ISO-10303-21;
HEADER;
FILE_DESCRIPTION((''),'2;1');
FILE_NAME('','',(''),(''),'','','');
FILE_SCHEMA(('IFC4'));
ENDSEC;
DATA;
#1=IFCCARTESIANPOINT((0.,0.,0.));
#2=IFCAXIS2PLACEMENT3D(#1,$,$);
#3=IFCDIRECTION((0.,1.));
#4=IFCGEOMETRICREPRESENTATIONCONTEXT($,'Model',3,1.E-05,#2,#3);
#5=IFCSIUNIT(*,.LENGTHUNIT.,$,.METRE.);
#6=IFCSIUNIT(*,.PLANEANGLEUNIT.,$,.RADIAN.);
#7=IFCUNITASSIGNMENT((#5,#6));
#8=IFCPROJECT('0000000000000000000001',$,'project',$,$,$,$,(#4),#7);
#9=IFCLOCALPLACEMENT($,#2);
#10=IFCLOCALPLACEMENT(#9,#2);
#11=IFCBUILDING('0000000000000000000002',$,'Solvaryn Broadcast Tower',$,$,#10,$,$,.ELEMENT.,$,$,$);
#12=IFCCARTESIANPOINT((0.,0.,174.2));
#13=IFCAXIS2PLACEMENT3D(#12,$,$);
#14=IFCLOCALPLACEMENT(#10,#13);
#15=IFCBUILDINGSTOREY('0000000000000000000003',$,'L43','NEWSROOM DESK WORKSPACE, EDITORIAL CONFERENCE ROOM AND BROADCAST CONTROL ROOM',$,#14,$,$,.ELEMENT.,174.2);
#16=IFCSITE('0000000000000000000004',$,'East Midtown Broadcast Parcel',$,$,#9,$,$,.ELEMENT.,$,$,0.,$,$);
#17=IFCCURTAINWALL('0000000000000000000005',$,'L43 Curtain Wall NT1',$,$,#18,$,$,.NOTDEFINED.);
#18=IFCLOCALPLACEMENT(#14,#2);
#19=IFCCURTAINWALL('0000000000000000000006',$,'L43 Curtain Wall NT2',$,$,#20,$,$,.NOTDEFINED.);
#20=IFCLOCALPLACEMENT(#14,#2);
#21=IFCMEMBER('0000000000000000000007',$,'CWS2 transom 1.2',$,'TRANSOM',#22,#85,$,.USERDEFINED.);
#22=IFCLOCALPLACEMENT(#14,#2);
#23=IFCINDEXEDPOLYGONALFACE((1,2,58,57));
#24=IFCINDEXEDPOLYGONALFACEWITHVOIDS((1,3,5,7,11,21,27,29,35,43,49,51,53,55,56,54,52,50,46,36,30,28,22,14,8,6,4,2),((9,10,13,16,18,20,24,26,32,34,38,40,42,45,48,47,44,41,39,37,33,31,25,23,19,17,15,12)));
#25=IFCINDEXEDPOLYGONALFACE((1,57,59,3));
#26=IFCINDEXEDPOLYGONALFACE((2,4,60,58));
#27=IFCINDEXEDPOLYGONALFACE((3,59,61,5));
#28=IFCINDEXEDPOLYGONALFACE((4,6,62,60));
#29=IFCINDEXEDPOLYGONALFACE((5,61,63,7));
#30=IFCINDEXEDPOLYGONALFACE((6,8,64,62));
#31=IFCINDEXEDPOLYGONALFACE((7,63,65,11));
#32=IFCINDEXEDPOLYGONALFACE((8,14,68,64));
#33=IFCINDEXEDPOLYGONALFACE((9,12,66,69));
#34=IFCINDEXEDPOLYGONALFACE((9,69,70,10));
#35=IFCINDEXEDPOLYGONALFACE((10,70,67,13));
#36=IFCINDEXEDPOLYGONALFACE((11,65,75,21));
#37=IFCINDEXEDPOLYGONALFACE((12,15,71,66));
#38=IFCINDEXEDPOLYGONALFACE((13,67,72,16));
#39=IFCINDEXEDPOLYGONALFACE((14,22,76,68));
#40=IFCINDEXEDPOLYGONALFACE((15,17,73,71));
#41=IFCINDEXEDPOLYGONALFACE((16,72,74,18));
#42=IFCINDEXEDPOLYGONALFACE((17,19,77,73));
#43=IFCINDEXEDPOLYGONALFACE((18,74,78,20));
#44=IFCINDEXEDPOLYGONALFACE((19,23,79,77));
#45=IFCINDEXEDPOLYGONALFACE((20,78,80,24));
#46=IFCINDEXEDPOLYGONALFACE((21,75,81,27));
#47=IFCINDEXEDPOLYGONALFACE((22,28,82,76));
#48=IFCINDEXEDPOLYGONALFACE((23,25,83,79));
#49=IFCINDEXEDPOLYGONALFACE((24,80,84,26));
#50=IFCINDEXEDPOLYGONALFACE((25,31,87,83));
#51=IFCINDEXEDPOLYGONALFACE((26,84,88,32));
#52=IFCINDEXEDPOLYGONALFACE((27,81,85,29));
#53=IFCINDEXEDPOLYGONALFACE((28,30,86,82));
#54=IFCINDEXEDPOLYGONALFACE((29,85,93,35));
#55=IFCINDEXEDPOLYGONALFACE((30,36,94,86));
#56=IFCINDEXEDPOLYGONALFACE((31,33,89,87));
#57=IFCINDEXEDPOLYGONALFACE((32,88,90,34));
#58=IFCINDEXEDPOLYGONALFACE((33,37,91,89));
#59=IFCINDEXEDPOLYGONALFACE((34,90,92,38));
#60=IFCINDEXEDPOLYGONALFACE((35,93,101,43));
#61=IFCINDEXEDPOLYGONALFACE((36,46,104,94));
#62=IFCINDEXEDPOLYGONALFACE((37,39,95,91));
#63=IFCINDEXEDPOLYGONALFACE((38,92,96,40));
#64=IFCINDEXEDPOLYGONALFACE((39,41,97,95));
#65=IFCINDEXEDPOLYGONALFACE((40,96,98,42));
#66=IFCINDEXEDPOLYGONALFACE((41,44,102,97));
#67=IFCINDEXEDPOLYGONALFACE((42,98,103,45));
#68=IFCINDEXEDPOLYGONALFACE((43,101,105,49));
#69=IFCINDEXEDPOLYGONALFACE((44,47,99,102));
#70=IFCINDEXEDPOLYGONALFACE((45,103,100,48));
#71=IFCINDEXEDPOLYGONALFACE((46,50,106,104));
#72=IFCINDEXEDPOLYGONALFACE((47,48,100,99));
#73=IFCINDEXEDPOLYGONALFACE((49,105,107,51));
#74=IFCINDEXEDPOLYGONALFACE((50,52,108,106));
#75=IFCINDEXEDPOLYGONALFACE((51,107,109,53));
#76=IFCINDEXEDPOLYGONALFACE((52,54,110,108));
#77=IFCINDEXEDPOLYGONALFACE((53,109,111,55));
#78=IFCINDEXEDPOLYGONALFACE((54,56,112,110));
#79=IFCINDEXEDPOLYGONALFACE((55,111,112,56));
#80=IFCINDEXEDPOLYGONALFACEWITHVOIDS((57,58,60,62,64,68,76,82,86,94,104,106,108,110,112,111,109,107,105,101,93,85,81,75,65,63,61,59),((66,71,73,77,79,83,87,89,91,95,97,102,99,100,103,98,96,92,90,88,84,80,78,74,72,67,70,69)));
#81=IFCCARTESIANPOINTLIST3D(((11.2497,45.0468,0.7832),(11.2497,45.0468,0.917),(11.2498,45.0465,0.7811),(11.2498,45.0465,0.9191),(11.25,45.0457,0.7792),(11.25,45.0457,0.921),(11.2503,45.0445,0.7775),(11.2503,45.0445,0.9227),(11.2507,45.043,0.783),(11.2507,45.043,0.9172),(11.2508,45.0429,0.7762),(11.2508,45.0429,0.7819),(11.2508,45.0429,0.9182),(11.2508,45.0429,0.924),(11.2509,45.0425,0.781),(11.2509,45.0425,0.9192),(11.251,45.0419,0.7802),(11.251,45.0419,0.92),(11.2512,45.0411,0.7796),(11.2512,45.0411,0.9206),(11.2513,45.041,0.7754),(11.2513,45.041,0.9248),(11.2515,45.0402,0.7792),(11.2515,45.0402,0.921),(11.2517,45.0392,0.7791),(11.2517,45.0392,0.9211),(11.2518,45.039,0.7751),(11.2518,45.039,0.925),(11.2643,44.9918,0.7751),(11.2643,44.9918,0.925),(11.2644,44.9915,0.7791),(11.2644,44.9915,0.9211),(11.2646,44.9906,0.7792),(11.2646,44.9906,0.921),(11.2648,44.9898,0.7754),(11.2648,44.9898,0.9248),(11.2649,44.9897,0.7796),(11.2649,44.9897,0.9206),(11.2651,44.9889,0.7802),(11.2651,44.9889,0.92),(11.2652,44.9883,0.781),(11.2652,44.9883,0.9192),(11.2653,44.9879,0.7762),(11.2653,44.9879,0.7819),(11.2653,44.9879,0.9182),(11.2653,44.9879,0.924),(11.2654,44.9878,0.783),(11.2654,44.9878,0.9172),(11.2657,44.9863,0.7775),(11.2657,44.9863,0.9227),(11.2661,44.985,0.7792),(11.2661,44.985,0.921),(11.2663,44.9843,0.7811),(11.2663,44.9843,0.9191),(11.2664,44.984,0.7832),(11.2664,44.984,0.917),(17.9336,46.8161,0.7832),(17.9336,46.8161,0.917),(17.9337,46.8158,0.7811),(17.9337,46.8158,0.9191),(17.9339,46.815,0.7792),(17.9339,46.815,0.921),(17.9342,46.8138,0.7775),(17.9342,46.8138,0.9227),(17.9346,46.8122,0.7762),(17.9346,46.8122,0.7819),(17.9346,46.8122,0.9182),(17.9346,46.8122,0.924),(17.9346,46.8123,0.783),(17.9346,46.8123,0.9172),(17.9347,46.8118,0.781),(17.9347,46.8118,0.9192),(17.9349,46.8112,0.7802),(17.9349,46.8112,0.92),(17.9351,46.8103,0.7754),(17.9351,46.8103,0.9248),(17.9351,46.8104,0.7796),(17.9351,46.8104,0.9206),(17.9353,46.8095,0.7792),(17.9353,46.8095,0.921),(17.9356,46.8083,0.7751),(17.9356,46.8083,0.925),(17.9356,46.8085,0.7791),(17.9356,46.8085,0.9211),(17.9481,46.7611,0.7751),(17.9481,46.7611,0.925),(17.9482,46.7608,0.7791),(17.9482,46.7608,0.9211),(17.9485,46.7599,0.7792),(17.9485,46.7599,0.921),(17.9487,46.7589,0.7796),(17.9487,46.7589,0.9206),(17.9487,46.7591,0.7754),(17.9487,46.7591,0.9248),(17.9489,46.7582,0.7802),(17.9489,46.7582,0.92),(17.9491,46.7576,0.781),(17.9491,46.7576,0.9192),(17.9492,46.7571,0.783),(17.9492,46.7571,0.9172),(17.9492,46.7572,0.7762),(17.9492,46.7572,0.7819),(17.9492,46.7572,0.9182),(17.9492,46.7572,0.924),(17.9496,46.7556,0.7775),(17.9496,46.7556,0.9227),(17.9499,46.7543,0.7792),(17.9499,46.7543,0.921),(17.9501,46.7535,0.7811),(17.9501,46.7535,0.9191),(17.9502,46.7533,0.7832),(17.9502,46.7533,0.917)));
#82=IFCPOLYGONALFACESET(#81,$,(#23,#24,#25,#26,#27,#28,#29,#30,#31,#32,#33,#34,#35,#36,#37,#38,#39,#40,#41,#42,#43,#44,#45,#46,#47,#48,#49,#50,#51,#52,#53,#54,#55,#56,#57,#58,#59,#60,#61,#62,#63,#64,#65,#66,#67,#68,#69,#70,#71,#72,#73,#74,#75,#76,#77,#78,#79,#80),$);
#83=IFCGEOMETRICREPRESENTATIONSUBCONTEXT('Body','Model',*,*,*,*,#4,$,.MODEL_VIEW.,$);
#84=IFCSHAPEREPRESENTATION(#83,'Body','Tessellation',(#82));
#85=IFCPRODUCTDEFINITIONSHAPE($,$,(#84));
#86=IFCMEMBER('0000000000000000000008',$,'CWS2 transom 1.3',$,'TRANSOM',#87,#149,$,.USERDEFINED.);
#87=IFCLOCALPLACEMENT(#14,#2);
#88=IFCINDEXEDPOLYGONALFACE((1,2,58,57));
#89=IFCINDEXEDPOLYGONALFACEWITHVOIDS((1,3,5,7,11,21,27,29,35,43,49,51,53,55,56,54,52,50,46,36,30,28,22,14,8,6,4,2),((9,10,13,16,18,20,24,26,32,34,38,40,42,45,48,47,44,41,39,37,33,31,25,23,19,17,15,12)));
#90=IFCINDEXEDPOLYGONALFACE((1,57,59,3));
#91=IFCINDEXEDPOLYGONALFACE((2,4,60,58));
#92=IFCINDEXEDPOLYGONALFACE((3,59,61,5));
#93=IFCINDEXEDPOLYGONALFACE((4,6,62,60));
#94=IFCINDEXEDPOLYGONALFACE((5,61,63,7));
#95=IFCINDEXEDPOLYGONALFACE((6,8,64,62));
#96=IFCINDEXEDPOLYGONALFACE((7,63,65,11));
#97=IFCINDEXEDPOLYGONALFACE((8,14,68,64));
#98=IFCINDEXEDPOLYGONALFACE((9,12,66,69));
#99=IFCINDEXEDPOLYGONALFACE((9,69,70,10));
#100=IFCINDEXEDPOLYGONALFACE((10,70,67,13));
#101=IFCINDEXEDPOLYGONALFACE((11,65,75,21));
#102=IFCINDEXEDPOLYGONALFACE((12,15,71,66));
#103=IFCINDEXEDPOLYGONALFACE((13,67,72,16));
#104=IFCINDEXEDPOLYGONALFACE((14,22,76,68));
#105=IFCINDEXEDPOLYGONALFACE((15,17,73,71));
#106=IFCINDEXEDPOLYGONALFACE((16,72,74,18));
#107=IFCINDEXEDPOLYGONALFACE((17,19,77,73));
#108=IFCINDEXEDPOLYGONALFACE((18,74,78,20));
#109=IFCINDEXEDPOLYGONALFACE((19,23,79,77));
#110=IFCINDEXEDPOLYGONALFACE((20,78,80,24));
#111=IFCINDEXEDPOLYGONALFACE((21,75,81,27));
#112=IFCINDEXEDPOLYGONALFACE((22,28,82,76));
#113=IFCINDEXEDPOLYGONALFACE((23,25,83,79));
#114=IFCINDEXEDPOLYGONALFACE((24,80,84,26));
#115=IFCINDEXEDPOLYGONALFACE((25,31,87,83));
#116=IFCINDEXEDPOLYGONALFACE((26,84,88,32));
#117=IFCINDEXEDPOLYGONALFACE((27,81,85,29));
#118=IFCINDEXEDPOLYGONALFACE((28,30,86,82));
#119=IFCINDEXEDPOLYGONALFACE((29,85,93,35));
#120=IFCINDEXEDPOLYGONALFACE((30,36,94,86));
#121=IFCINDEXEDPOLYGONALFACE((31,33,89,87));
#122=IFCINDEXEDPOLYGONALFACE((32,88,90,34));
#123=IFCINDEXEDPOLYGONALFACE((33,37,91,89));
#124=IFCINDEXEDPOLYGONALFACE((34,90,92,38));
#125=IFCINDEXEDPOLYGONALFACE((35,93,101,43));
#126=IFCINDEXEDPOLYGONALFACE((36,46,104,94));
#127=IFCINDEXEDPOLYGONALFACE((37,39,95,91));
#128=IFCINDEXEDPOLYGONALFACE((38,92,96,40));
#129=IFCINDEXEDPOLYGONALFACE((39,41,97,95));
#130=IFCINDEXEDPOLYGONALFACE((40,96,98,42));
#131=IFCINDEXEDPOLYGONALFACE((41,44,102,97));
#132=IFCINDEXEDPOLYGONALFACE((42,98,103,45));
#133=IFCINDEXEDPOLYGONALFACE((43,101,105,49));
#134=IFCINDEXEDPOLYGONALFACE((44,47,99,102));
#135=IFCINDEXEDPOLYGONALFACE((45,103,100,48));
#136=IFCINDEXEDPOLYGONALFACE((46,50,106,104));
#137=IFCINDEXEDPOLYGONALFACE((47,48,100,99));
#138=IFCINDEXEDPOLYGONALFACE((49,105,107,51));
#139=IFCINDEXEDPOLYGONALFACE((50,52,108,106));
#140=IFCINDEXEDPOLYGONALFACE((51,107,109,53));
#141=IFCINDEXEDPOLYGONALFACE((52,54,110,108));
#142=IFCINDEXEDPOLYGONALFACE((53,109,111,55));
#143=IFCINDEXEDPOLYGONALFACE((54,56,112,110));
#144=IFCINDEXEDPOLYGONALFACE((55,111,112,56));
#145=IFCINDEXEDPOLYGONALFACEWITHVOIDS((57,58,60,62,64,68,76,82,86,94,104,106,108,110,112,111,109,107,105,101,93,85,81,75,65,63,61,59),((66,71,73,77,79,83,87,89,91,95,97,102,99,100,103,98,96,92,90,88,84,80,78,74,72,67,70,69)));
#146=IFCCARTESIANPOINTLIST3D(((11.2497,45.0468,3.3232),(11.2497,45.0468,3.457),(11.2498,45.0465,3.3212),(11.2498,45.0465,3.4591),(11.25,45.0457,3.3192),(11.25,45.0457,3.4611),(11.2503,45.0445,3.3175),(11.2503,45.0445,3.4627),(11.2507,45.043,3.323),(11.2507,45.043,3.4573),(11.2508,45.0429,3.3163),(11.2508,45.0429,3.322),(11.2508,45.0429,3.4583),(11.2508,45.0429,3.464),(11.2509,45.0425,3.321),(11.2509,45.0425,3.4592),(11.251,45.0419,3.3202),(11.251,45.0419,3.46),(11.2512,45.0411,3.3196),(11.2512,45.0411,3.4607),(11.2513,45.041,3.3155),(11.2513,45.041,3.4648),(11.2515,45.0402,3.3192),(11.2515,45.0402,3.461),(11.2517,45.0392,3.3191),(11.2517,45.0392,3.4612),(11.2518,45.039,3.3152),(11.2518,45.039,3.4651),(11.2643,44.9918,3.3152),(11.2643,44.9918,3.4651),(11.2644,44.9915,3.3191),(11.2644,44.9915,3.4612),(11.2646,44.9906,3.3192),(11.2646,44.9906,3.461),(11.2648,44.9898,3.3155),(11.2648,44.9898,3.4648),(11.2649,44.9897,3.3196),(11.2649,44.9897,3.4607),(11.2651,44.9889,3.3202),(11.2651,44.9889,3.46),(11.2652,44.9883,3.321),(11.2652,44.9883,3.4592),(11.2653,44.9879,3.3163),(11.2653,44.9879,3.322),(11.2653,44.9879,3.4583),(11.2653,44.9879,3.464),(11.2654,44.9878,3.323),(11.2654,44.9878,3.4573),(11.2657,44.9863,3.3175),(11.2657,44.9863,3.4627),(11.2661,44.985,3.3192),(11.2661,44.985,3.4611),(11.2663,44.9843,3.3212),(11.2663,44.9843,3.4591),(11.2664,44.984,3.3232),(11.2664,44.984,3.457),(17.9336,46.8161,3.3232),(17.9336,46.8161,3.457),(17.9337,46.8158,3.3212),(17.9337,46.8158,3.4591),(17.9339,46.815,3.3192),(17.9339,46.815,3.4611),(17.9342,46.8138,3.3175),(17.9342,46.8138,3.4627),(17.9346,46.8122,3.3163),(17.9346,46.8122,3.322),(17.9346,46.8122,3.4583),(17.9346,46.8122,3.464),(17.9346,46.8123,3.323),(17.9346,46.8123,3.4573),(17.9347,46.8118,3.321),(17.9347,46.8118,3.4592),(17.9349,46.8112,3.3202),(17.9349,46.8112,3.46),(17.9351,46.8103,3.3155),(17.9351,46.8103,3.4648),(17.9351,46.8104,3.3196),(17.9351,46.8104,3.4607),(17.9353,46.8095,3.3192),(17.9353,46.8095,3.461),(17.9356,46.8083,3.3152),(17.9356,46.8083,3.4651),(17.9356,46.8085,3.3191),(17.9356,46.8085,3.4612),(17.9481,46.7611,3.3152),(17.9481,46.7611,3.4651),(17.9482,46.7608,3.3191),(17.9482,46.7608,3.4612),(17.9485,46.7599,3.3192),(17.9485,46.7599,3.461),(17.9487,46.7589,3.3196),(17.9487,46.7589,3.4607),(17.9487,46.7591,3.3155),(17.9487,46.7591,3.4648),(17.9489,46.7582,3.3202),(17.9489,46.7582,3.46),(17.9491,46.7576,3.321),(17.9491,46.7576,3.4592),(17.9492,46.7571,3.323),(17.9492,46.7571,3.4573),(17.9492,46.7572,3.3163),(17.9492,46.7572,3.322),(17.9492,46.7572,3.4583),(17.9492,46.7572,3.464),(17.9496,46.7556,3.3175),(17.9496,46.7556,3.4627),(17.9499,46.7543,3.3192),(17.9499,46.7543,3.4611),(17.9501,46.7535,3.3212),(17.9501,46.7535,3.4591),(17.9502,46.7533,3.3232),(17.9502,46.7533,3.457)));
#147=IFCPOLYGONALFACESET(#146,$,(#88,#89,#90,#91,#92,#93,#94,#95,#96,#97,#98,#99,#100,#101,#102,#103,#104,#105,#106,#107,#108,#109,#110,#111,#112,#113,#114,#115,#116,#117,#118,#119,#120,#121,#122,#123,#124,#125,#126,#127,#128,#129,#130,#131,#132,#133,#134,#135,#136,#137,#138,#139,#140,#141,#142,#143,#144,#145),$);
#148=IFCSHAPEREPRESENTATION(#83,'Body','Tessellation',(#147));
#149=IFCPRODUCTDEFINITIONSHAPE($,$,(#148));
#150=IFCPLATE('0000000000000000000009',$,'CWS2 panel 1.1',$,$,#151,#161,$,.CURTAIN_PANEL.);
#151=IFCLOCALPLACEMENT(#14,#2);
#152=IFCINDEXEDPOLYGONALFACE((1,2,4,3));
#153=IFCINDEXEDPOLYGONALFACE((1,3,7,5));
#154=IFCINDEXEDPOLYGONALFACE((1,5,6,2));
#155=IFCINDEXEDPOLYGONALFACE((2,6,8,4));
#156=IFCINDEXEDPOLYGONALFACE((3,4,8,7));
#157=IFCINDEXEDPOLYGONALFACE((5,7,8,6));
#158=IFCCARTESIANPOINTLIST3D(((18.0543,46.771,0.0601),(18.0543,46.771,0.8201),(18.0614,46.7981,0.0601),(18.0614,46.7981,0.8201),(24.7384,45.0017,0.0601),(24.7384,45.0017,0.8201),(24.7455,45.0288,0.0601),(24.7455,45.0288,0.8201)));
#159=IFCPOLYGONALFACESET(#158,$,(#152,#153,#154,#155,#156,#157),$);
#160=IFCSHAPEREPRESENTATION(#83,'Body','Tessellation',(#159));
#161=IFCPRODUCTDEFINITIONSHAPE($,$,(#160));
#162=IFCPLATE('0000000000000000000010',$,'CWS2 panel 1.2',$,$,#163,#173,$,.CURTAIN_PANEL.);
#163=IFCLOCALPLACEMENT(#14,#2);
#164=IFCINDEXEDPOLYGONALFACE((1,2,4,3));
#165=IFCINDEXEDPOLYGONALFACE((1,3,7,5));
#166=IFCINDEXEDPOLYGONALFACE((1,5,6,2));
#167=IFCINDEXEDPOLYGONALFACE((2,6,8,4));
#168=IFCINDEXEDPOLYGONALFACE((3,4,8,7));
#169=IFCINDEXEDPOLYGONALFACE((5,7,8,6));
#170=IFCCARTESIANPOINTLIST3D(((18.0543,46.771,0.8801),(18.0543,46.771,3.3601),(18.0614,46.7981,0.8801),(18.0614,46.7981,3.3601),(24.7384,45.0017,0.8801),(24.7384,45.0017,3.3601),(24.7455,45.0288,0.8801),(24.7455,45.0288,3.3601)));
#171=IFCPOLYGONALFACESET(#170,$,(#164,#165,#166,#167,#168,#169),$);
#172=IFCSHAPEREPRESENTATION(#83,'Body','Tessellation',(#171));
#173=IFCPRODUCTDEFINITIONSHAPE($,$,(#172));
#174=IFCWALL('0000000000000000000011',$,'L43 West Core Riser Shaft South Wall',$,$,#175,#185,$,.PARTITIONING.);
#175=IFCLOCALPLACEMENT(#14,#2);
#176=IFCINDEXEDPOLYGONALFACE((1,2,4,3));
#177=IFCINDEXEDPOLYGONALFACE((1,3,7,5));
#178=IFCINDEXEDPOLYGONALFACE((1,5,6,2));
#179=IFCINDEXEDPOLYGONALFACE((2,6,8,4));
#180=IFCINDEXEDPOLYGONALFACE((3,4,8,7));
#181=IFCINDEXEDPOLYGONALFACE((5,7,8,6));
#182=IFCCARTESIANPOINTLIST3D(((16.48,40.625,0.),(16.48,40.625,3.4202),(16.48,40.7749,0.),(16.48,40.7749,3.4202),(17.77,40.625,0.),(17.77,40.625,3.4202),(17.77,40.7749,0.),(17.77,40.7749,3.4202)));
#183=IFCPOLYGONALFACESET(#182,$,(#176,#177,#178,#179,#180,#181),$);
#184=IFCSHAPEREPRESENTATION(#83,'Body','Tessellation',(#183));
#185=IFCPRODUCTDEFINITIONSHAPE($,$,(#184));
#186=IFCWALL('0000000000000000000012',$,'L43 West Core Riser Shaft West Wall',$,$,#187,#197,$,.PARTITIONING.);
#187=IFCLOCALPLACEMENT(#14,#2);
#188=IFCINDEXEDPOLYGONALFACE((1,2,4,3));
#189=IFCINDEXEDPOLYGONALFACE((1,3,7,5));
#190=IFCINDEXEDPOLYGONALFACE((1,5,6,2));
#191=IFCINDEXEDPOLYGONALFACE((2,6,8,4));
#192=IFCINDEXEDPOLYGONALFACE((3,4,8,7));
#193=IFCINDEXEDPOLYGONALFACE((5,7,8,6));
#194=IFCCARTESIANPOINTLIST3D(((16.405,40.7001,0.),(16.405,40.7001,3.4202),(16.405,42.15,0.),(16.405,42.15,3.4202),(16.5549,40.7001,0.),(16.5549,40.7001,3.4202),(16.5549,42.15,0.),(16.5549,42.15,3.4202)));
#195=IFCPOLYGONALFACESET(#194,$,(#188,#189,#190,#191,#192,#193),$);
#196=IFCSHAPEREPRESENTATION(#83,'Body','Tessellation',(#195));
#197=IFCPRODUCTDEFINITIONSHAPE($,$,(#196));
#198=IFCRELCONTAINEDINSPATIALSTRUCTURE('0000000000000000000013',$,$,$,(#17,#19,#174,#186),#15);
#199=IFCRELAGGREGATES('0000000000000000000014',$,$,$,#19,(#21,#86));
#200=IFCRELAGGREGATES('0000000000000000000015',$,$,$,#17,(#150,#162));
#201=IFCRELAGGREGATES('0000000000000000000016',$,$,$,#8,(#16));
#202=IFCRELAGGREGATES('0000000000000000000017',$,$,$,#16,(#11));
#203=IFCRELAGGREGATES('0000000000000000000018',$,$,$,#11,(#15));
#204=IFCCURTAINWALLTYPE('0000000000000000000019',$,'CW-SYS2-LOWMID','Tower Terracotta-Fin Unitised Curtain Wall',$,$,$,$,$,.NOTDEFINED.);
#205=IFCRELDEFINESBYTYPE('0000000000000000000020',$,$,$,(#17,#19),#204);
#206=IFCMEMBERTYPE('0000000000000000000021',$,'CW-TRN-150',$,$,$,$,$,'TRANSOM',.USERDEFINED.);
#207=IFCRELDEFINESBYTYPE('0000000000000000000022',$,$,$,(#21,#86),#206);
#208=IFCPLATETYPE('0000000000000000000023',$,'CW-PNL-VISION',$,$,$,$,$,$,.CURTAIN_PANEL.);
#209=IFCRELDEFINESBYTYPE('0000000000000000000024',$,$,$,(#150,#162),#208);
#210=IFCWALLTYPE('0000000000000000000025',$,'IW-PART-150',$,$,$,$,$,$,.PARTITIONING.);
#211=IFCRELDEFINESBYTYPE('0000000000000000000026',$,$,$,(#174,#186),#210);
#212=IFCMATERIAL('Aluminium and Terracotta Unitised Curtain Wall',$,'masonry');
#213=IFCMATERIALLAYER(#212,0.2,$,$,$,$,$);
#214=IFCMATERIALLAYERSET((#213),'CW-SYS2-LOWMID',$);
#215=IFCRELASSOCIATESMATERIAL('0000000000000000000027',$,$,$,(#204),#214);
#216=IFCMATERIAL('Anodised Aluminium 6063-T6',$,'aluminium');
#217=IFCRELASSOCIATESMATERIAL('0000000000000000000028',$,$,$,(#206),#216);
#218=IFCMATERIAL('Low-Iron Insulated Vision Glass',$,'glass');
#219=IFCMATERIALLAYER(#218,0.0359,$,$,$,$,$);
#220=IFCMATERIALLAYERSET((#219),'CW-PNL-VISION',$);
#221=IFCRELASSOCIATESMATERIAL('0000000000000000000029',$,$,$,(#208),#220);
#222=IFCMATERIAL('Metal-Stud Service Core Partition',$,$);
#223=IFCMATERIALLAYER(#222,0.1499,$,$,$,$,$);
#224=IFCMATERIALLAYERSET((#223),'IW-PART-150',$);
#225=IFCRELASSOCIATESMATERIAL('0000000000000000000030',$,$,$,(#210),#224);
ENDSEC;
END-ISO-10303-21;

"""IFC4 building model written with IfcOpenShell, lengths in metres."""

from ifc_helpers import new_model, si_unit, direction, frame, frame_2d, origin, origin_2d, place, context, subcontext, project, spatial, rectangle, hollow_rectangle, extrude, material, layer, layer_set, material_profile, profile_set, type_object, element, aggregate, save


model = new_model("IFC4")

# Units and contexts
model_context = context("Model", 3, precision=1e-05, world=origin(), true_north=direction((0.0, 1.0)))
body_context = subcontext(model_context, "Body", "Model", "MODEL_VIEW")
ifc_project = project(units=[si_unit("LENGTHUNIT", "METRE"), si_unit("PLANEANGLEUNIT", "RADIAN")], contexts=[model_context])

# Site, building, storey
site_placement = place(None, origin())
site = spatial("IfcSite", under=ifc_project, at=site_placement, Name="East Midtown Broadcast Parcel", CompositionType="ELEMENT", RefElevation=0.0)
building_placement = place(site_placement, origin())
building = spatial("IfcBuilding", under=site, at=building_placement, Name="Solvaryn Broadcast Tower", CompositionType="ELEMENT")
storey_placement = place(building_placement, frame((0.0, 0.0, 174.2)))
storey = spatial("IfcBuildingStorey", under=building, at=storey_placement, Name="L43", Description="NEWSROOM DESK WORKSPACE, EDITORIAL CONFERENCE ROOM AND BROADCAST CONTROL ROOM", CompositionType="ELEMENT", Elevation=174.2)

# Curtain wall
ifc_material_1 = material(Name="Aluminium and Terracotta Unitised Curtain Wall", Category="masonry")
ifc_layer_1 = layer(ifc_material_1, 0.2)
ifc_layer_set_1 = layer_set([ifc_layer_1], Name="CW-SYS2-LOWMID")
curtain_wall_type = type_object("IfcCurtainWallType", Name="CW-SYS2-LOWMID", Description="Tower Terracotta-Fin Unitised Curtain Wall", PredefinedType="NOTDEFINED", material=ifc_layer_set_1)
curtain_wall_1_placement = place(storey_placement, origin())
curtain_wall_1 = element("IfcCurtainWall", 1, at=curtain_wall_1_placement, inside=storey, type_object=curtain_wall_type, Name="L43 Curtain Wall NT1", PredefinedType="NOTDEFINED")

# Curtain wall, members
curtain_wall_2_placement = place(storey_placement, origin())
curtain_wall_2 = element("IfcCurtainWall", 2, at=curtain_wall_2_placement, inside=storey, type_object=curtain_wall_type, Name="L43 Curtain Wall NT2", PredefinedType="NOTDEFINED")
ifc_material_2 = material(Name="Anodised Aluminium 6063-T6", Category="aluminium")
ifc_material_profile_1 = material_profile(ifc_material_2, hollow_rectangle(XDim=0.0649, YDim=0.1499, WallThickness=0.0039, InnerFilletRadius=0.0039, OuterFilletRadius=0.0081, at=origin_2d()))
ifc_profile_set_1 = profile_set([ifc_material_profile_1], Name="Anodised Aluminium 6063-T6")
member_type_1 = type_object("IfcMemberType", Name="CW-TRN-150", ElementType="TRANSOM", PredefinedType="USERDEFINED", material=ifc_profile_set_1)
member_1_placement = place(storey_placement, frame((17.9419, 46.7847, 0.8501), z_axis=(-0.966704, -0.255897, 0.0), x_axis=(0.255897, -0.966704, 0.0)))
member_1 = element("IfcMember", 3, at=member_1_placement, type_object=member_type_1, Name="CWS2 transom 1.2", ObjectType="TRANSOM", PredefinedType="USERDEFINED", context=body_context, shape_type="SweptSolid", body=[
    extrude(hollow_rectangle(XDim=0.0649, YDim=0.1499, WallThickness=0.0039, InnerFilletRadius=0.0039, OuterFilletRadius=0.0081, at=origin_2d()), origin(), (0.0, 0.0, 1.0), 6.9141),
])
member_2_placement = place(storey_placement, frame((17.9419, 46.7847, 3.3901), z_axis=(-0.966704, -0.255897, 0.0), x_axis=(0.255897, -0.966704, 0.0)))
member_2 = element("IfcMember", 4, at=member_2_placement, type_object=member_type_1, Name="CWS2 transom 1.3", ObjectType="TRANSOM", PredefinedType="USERDEFINED", context=body_context, shape_type="SweptSolid", body=[
    extrude(hollow_rectangle(XDim=0.0649, YDim=0.1499, WallThickness=0.0039, InnerFilletRadius=0.0039, OuterFilletRadius=0.0081, at=origin_2d()), origin(), (0.0, 0.0, 1.0), 6.9141),
])
aggregate(curtain_wall_2, [member_1, member_2])

# Plates
ifc_material_3 = material(Name="Low-Iron Insulated Vision Glass", Category="glass")
ifc_layer_2 = layer(ifc_material_3, 0.0359)
ifc_layer_set_2 = layer_set([ifc_layer_2], Name="CW-PNL-VISION")
plate_type = type_object("IfcPlateType", Name="CW-PNL-VISION", PredefinedType="CURTAIN_PANEL", material=ifc_layer_set_2)
plate_1_placement = place(storey_placement, frame((21.3999, 45.8999, 0.0601), z_axis=(0.0, 0.0, 1.0), x_axis=(-0.966705, 0.255893, 0.0)))
plate_1 = element("IfcPlate", 5, at=plate_1_placement, type_object=plate_type, Name="CWS2 panel 1.1", PredefinedType="CURTAIN_PANEL", context=body_context, shape_type="SweptSolid", body=[
    extrude(rectangle(XDim=6.9143, YDim=0.0281, at=origin_2d()), origin(), (0.0, 0.0, 1.0), 0.76),
])
plate_2_placement = place(storey_placement, frame((21.3999, 45.8999, 0.8801), z_axis=(0.0, 0.0, 1.0), x_axis=(-0.966705, 0.255893, 0.0)))
plate_2 = element("IfcPlate", 6, at=plate_2_placement, type_object=plate_type, Name="CWS2 panel 1.2", PredefinedType="CURTAIN_PANEL", context=body_context, shape_type="SweptSolid", body=[
    extrude(rectangle(XDim=6.9143, YDim=0.0281, at=origin_2d()), origin(), (0.0, 0.0, 1.0), 2.48),
])
aggregate(curtain_wall_1, [plate_1, plate_2])

# Walls
ifc_material_4 = material(Name="Metal-Stud Service Core Partition")
ifc_layer_3 = layer(ifc_material_4, 0.1499)
ifc_layer_set_3 = layer_set([ifc_layer_3], Name="IW-PART-150")
wall_type_1 = type_object("IfcWallType", Name="IW-PART-150", PredefinedType="PARTITIONING", material=ifc_layer_set_3)
wall_1_placement = place(storey_placement, frame((16.48, 40.7, 0.0), z_axis=(0.0, 0.0, 1.0), x_axis=(1.0, 0.0, 0.0)))
element("IfcWall", 7, at=wall_1_placement, inside=storey, type_object=wall_type_1, Name="L43 West Core Riser Shaft South Wall", PredefinedType="PARTITIONING", context=body_context, shape_type="SweptSolid", body=[
    extrude(rectangle(XDim=1.29, YDim=0.1499, at=frame_2d((0.645, 0.0))), origin(), (0.0, 0.0, 1.0), 3.4202),
])
wall_2_placement = place(storey_placement, frame((16.48, 40.7, 0.0), z_axis=(0.0, 0.0, 1.0), x_axis=(0.0, 1.0, 0.0)))
element("IfcWall", 8, at=wall_2_placement, inside=storey, type_object=wall_type_1, Name="L43 West Core Riser Shaft West Wall", PredefinedType="PARTITIONING", context=body_context, shape_type="SweptSolid", body=[
    extrude(rectangle(XDim=1.45, YDim=0.1499, at=frame_2d((0.7251, 0.0))), origin(), (0.0, 0.0, 1.0), 3.4202),
])

save(model, "model.ifc")
